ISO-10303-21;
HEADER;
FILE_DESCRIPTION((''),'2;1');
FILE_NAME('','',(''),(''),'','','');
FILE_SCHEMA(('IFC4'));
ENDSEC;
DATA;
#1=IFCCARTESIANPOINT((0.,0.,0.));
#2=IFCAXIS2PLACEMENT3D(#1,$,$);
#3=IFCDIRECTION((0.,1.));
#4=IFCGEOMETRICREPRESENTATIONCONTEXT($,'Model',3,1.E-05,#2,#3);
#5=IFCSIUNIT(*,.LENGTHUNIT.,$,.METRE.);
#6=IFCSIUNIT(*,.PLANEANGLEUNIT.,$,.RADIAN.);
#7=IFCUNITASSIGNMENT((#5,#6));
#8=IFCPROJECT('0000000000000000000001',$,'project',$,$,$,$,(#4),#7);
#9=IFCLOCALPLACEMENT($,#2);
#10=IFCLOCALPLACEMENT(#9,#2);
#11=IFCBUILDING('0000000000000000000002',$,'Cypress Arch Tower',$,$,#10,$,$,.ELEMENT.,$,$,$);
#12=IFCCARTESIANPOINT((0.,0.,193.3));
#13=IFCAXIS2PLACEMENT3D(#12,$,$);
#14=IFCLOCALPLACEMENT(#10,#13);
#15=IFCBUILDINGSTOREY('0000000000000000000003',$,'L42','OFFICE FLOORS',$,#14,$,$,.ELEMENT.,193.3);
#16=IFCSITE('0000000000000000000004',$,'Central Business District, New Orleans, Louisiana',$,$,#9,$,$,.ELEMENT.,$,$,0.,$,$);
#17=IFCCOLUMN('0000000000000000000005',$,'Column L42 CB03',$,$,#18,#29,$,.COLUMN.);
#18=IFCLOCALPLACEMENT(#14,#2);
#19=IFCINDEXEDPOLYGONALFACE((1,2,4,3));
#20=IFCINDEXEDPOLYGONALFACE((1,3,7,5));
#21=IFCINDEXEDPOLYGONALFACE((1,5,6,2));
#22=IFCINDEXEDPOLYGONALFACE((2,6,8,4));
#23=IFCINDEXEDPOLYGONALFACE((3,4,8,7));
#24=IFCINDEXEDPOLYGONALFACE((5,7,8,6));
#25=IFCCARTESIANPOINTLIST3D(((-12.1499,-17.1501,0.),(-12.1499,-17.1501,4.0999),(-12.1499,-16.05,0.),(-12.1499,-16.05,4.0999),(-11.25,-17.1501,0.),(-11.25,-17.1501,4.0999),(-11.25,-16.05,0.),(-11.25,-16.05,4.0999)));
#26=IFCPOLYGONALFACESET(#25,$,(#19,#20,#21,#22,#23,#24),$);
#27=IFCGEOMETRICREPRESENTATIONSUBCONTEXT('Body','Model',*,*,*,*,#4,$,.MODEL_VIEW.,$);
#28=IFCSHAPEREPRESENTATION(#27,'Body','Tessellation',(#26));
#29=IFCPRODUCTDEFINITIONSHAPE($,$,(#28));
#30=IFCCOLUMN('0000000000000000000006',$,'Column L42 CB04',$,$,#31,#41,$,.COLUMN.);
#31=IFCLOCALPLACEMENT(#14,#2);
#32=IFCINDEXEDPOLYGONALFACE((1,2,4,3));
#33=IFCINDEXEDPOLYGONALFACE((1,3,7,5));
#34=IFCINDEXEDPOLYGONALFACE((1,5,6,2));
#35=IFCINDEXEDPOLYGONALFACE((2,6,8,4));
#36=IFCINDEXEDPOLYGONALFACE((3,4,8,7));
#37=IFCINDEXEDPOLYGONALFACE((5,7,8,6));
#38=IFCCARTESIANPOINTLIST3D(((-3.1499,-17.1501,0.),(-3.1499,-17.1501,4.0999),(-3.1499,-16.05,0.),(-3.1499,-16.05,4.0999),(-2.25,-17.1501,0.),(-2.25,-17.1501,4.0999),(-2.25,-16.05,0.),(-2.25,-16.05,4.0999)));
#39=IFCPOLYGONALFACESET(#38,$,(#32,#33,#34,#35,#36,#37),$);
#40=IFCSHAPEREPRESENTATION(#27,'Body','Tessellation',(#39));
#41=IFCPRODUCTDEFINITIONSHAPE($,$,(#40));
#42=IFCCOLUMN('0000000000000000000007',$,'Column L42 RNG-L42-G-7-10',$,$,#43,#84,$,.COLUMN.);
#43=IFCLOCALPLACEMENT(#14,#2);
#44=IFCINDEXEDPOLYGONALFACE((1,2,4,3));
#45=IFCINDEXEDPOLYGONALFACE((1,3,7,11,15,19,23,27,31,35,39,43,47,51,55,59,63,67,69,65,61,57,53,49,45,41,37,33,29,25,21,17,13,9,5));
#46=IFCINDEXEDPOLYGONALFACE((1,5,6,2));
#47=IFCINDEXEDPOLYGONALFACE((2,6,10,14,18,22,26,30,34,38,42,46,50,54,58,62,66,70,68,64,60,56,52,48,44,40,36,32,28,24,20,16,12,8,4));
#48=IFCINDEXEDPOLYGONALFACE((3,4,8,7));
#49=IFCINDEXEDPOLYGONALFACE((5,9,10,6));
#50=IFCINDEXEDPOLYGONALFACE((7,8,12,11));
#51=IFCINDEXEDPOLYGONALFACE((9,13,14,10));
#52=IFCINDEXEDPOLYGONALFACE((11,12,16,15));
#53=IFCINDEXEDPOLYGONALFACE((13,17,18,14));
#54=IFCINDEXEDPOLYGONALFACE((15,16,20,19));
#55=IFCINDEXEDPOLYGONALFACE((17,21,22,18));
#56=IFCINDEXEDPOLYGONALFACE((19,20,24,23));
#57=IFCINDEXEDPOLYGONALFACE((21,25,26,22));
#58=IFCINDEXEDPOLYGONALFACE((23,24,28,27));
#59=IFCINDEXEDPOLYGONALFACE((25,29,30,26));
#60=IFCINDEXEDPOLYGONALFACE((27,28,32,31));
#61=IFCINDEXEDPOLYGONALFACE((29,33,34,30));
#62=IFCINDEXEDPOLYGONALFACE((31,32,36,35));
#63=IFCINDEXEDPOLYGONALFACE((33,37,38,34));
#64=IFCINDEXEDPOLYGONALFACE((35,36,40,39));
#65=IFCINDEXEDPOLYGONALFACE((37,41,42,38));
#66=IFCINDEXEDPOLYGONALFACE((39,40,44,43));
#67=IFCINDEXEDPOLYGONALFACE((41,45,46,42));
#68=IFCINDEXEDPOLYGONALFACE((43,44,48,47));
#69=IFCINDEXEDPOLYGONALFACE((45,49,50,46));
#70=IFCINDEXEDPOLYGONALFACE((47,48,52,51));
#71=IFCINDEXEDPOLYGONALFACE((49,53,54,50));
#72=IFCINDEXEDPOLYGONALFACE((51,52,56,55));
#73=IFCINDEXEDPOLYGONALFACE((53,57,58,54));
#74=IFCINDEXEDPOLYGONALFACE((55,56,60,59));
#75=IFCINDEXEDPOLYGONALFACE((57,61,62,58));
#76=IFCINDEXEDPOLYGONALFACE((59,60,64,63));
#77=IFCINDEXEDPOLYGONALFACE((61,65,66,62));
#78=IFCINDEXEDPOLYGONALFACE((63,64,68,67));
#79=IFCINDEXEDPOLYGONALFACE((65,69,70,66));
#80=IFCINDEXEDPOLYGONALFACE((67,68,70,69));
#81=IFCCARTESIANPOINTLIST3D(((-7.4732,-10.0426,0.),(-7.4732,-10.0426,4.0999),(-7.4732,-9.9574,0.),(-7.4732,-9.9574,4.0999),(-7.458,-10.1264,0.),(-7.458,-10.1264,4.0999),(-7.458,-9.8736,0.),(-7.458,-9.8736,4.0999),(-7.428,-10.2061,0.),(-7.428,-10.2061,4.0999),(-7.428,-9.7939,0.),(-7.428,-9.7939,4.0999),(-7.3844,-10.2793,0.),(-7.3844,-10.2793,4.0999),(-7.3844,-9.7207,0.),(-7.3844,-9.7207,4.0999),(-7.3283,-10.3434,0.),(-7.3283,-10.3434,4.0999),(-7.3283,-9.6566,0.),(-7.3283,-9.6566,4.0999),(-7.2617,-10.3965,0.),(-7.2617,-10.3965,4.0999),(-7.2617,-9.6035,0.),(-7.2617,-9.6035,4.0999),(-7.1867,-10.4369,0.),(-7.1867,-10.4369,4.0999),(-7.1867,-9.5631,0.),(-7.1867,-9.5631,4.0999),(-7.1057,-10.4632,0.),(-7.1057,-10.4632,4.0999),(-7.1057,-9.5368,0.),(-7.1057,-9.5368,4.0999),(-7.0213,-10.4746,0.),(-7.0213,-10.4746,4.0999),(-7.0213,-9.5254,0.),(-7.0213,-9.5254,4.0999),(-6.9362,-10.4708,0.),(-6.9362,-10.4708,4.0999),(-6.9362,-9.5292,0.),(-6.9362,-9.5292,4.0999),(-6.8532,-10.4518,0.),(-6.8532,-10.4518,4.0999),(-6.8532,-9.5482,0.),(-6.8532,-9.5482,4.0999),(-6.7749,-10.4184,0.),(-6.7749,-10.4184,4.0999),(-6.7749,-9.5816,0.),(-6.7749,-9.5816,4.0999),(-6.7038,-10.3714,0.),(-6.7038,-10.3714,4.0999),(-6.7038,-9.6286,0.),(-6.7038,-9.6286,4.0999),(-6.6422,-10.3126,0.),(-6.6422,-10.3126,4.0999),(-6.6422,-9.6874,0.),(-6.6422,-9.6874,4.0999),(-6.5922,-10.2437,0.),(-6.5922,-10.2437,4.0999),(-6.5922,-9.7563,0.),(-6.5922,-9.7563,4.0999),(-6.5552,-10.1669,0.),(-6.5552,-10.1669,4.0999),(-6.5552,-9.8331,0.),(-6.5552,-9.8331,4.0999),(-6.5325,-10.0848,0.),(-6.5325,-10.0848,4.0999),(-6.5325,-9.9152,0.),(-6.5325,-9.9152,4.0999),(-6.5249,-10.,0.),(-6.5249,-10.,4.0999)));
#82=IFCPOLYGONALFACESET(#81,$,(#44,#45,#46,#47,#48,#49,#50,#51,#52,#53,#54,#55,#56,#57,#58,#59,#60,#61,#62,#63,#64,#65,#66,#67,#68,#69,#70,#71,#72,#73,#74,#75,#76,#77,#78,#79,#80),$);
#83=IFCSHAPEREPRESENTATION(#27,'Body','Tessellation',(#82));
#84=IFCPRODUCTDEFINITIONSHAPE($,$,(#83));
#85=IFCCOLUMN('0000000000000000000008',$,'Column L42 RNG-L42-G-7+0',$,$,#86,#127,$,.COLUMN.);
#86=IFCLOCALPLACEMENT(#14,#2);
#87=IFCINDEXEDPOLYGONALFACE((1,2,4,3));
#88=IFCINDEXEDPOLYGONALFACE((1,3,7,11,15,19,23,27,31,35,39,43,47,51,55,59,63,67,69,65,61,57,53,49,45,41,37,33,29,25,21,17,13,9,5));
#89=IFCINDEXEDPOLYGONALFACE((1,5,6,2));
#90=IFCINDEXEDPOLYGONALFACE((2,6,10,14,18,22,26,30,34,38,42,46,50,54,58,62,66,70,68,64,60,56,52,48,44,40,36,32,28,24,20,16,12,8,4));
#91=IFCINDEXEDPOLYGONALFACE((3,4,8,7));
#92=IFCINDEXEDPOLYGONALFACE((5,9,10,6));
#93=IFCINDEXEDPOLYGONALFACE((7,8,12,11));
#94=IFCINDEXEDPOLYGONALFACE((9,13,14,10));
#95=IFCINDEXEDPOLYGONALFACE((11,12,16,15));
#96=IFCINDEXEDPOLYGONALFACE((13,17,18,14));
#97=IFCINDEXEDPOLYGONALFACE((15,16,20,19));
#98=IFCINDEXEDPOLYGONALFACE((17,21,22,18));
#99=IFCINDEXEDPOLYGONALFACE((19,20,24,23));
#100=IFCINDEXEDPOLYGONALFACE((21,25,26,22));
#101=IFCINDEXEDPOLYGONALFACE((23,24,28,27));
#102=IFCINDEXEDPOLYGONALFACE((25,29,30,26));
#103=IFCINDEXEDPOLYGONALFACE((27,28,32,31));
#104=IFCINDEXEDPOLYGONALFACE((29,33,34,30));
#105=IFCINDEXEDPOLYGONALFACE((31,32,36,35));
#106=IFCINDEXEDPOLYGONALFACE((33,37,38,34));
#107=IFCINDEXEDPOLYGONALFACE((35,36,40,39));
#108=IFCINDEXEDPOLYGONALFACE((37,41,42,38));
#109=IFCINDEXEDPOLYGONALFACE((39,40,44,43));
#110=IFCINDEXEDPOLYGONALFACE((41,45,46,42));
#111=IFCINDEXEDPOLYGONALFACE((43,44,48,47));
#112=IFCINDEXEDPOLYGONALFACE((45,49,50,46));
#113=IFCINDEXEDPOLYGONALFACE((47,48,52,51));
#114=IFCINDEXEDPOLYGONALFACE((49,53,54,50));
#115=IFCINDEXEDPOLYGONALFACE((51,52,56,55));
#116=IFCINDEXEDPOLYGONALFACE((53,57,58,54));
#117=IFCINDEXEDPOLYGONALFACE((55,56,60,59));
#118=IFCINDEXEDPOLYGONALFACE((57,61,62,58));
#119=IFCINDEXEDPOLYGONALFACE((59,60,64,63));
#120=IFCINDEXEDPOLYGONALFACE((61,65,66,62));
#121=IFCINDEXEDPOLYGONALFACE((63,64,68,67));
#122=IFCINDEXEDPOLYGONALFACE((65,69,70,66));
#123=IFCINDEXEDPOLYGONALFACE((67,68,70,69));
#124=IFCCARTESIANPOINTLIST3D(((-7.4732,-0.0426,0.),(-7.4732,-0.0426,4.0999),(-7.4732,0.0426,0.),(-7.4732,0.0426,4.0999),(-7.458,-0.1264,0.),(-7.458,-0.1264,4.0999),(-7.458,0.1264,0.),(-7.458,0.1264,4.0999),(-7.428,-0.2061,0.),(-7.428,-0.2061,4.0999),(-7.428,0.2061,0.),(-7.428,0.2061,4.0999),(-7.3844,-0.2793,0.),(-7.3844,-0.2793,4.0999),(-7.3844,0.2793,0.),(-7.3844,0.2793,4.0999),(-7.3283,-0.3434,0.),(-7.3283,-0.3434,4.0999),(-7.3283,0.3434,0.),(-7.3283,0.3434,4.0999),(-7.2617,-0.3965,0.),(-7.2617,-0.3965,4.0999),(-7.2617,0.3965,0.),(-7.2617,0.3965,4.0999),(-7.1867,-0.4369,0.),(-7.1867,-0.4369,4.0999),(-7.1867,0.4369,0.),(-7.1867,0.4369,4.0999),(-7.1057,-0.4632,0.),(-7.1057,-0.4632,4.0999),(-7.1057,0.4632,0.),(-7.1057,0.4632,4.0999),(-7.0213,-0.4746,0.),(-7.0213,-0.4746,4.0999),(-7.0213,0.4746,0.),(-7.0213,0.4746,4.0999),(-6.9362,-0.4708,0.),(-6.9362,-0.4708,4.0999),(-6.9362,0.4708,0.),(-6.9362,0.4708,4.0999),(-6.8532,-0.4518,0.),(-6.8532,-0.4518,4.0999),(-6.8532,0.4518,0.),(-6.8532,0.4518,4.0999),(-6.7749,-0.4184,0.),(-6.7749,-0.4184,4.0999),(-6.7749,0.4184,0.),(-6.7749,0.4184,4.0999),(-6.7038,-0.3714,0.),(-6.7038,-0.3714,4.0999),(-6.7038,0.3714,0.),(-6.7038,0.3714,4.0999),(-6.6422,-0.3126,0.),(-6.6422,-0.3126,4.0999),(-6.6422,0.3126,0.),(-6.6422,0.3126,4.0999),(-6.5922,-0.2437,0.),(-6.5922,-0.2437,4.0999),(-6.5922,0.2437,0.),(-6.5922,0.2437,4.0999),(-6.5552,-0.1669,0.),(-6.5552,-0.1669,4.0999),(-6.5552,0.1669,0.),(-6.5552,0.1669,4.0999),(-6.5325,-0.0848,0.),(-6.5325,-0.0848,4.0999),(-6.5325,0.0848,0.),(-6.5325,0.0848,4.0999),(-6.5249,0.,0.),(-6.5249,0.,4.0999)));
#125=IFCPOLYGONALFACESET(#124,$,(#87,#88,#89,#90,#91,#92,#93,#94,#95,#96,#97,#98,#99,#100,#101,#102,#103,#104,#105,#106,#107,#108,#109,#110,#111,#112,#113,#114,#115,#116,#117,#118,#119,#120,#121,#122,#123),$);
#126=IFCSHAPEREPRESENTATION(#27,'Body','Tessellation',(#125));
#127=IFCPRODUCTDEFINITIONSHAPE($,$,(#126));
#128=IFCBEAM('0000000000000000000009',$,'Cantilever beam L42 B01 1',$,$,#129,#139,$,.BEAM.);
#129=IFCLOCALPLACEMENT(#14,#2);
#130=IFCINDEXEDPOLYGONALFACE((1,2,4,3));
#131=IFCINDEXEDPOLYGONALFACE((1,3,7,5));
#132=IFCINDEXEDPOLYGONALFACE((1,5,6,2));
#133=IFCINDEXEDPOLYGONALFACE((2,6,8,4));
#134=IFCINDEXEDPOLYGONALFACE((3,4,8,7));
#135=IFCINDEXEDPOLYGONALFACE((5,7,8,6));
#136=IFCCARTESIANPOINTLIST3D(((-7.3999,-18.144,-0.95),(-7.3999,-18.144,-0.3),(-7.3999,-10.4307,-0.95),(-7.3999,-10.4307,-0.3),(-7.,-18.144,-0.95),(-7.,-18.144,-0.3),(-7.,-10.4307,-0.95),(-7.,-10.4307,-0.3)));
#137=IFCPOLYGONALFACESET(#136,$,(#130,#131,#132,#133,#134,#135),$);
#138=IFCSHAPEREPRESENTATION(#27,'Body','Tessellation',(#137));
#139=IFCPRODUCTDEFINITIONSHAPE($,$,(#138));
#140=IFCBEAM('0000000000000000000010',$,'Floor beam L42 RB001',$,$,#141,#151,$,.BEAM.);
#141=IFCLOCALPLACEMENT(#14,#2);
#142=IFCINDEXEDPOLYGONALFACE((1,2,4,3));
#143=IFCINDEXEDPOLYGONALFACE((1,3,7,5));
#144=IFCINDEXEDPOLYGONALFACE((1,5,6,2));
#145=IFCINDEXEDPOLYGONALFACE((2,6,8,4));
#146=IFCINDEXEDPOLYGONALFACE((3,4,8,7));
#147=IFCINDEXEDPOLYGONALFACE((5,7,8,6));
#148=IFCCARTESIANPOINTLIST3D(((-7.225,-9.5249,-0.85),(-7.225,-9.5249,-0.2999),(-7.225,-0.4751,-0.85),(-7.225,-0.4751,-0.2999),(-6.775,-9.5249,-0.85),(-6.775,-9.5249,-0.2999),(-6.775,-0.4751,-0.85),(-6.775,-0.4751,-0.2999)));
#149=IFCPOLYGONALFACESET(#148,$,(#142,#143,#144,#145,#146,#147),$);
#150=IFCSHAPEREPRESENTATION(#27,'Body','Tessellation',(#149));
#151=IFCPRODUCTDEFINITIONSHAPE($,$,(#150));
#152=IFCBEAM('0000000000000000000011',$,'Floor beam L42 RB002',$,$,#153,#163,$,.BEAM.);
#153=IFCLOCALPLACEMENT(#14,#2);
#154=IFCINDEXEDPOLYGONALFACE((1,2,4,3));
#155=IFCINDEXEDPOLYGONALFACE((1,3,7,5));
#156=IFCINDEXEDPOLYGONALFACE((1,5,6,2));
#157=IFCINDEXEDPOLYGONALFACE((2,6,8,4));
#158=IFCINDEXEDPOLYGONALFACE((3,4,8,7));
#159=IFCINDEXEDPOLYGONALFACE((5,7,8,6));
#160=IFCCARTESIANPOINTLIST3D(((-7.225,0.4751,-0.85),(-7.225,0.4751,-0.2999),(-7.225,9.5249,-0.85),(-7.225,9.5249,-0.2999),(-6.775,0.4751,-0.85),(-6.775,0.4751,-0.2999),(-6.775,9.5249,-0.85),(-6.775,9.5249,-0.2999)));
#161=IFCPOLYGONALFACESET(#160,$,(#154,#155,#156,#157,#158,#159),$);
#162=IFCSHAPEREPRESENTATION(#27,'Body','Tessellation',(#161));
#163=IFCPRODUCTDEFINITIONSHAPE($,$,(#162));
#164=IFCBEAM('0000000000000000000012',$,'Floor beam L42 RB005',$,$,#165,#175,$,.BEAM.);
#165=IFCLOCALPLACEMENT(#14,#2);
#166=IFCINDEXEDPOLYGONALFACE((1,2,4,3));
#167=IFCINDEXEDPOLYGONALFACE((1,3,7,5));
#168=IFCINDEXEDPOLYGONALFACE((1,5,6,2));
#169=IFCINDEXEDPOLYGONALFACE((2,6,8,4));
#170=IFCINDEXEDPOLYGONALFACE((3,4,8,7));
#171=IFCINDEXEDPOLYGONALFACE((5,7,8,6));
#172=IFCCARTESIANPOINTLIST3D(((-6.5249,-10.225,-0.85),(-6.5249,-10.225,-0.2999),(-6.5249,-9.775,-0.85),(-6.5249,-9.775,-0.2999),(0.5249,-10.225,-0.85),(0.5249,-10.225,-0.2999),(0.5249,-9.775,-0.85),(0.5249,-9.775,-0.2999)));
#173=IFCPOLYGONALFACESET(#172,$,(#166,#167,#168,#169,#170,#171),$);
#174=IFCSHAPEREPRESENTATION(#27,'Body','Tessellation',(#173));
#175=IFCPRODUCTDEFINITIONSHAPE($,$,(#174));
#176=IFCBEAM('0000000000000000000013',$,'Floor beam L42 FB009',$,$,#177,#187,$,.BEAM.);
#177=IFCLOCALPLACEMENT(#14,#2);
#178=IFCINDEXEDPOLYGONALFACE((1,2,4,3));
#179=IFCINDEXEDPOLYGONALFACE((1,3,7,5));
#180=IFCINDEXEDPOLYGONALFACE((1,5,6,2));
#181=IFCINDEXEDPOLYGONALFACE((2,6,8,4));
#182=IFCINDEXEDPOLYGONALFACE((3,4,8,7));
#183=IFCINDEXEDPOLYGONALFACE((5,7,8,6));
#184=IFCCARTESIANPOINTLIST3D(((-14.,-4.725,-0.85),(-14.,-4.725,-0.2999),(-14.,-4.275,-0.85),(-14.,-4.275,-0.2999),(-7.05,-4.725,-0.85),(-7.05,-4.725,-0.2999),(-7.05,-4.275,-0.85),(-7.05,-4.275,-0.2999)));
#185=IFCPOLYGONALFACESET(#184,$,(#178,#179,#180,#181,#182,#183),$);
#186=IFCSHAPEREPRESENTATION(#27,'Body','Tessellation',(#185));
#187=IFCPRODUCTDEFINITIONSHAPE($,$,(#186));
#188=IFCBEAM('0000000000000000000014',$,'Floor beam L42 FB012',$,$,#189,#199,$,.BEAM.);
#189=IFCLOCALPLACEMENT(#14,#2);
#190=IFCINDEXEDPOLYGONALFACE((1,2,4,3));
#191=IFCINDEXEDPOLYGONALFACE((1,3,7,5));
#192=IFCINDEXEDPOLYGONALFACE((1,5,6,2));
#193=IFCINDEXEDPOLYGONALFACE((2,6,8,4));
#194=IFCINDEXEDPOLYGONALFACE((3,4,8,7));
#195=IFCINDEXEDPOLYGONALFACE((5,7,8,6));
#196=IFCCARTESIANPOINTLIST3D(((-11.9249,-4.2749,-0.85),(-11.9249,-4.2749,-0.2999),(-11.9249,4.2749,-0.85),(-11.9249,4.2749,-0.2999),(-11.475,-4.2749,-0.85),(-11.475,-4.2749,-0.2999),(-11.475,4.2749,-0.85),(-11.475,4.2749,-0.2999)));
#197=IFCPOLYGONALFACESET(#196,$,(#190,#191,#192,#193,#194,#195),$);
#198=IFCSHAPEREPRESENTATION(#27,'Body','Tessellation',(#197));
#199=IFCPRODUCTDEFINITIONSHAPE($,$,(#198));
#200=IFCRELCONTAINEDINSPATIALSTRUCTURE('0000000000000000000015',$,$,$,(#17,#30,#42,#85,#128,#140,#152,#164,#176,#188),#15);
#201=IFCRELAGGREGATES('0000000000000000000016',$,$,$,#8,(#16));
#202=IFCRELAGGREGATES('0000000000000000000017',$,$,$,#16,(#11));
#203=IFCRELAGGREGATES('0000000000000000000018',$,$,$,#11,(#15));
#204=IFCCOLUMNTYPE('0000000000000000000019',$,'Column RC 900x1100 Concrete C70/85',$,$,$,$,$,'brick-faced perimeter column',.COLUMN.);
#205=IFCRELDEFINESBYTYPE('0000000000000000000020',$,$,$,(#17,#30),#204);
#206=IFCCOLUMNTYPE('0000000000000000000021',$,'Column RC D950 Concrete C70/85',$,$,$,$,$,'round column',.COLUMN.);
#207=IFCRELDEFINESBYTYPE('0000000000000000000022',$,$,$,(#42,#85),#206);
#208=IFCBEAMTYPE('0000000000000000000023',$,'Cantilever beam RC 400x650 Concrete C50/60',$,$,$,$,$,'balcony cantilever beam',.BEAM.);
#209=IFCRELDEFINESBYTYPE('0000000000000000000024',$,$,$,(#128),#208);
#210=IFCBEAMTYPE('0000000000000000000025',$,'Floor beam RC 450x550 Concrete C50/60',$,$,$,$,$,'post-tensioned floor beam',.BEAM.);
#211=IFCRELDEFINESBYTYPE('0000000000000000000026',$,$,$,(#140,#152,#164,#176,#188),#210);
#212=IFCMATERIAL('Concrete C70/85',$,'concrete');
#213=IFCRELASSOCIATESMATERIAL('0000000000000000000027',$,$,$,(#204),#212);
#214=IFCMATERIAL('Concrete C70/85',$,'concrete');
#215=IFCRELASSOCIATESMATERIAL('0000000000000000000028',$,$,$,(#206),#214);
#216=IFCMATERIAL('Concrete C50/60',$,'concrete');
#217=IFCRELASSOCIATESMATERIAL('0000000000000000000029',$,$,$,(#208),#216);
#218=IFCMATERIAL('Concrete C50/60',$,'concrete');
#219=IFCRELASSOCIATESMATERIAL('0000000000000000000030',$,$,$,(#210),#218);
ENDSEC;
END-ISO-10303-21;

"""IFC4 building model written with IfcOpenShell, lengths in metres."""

from ifc_helpers import new_model, si_unit, direction, frame, origin, origin_2d, place, context, subcontext, project, spatial, rectangle, circle, extrude, material, material_profile, profile_set, type_object, element, save


model = new_model("IFC4")

# Units and contexts
model_context = context("Model", 3, precision=1e-05, world=origin(), true_north=direction((0.0, 1.0)))
body_context = subcontext(model_context, "Body", "Model", "MODEL_VIEW")
ifc_project = project(units=[si_unit("LENGTHUNIT", "METRE"), si_unit("PLANEANGLEUNIT", "RADIAN")], contexts=[model_context])

# Site, building, storey
site_placement = place(None, origin())
site = spatial("IfcSite", under=ifc_project, at=site_placement, Name="Central Business District, New Orleans, Louisiana", CompositionType="ELEMENT", RefElevation=0.0)
building_placement = place(site_placement, origin())
building = spatial("IfcBuilding", under=site, at=building_placement, Name="Cypress Arch Tower", CompositionType="ELEMENT")
storey_placement = place(building_placement, frame((0.0, 0.0, 193.3)))
storey = spatial("IfcBuildingStorey", under=building, at=storey_placement, Name="L42", Description="OFFICE FLOORS", CompositionType="ELEMENT", Elevation=193.3)

# Columns
ifc_material_1 = material(Name="Concrete C70/85", Category="concrete")
ifc_material_profile_1 = material_profile(ifc_material_1, rectangle(XDim=0.8999, YDim=1.1001, at=origin_2d()), Name="RC 900x1100")
ifc_profile_set_1 = profile_set([ifc_material_profile_1], Name="Concrete C70/85")
column_type_1 = type_object("IfcColumnType", Name="Column RC 900x1100 Concrete C70/85", ElementType="brick-faced perimeter column", PredefinedType="COLUMN", material=ifc_profile_set_1)
for number, where, z_axis, x_axis, name in (
    (1, (-11.7, -16.6001, 0.0), (0.0, 0.0, 1.0), (1.0, 0.0, 0.0), "Column L42 CB03"),
    (2, (-2.7, -16.6001, 0.0), (0.0, 0.0, 1.0), (1.0, 0.0, 0.0), "Column L42 CB04"),
):
    element("IfcColumn", number, at=place(storey_placement, frame(where, z_axis=z_axis, x_axis=x_axis)), inside=storey, type_object=column_type_1, Name=name, PredefinedType="COLUMN", context=body_context, shape_type="SweptSolid", body=[
        extrude(rectangle(XDim=0.8999, YDim=1.1001, at=origin_2d()), origin(), (0.0, 0.0, 1.0), 4.0999),
    ])
ifc_material_2 = material(Name="Concrete C70/85", Category="concrete")
ifc_material_profile_2 = material_profile(ifc_material_2, circle(Radius=0.4751, at=origin_2d()), Name="RC D950")
ifc_profile_set_2 = profile_set([ifc_material_profile_2], Name="Concrete C70/85")
column_type_2 = type_object("IfcColumnType", Name="Column RC D950 Concrete C70/85", ElementType="round column", PredefinedType="COLUMN", material=ifc_profile_set_2)
for number, where, z_axis, x_axis, name in (
    (3, (-7.0, -10.0, 0.0), (0.0, 0.0, 1.0), (1.0, 0.0, 0.0), "Column L42 RNG-L42-G-7-10"),
    (4, (-7.0, 0.0, 0.0), (0.0, 0.0, 1.0), (1.0, 0.0, 0.0), "Column L42 RNG-L42-G-7+0"),
):
    element("IfcColumn", number, at=place(storey_placement, frame(where, z_axis=z_axis, x_axis=x_axis)), inside=storey, type_object=column_type_2, Name=name, PredefinedType="COLUMN", context=body_context, shape_type="SweptSolid", body=[
        extrude(circle(Radius=0.4751, at=origin_2d()), origin(), (0.0, 0.0, 1.0), 4.0999),
    ])

# Beams
ifc_material_3 = material(Name="Concrete C50/60", Category="concrete")
ifc_material_profile_3 = material_profile(ifc_material_3, rectangle(XDim=0.3999, YDim=0.6499, at=origin_2d()), Name="RC 400x650")
ifc_profile_set_3 = profile_set([ifc_material_profile_3], Name="Concrete C50/60")
beam_type_1 = type_object("IfcBeamType", Name="Cantilever beam RC 400x650 Concrete C50/60", ElementType="balcony cantilever beam", PredefinedType="BEAM", material=ifc_profile_set_3)
beam_1_placement = place(storey_placement, frame((-7.2, -10.4307, -0.625), z_axis=(0.0, -1.0, 0.0), x_axis=(1.0, 0.0, 0.0)))
element("IfcBeam", 5, at=beam_1_placement, inside=storey, type_object=beam_type_1, Name="Cantilever beam L42 B01 1", PredefinedType="BEAM", context=body_context, shape_type="SweptSolid", body=[
    extrude(rectangle(XDim=0.3999, YDim=0.6499, at=origin_2d()), origin(), (0.0, 0.0, 1.0), 7.7134),
])
ifc_material_4 = material(Name="Concrete C50/60", Category="concrete")
ifc_material_profile_4 = material_profile(ifc_material_4, rectangle(XDim=0.45, YDim=0.55, at=origin_2d()), Name="RC 450x550")
ifc_profile_set_4 = profile_set([ifc_material_profile_4], Name="Concrete C50/60")
beam_type_2 = type_object("IfcBeamType", Name="Floor beam RC 450x550 Concrete C50/60", ElementType="post-tensioned floor beam", PredefinedType="BEAM", material=ifc_profile_set_4)
for number, where, z_axis, x_axis, name in (
    (6, (-7.0, -9.5249, -0.575), (0.0, 1.0, 0.0), (-1.0, 0.0, 0.0), "Floor beam L42 RB001"),
    (7, (-7.0, 0.4751, -0.575), (0.0, 1.0, 0.0), (-1.0, 0.0, 0.0), "Floor beam L42 RB002"),
):
    element("IfcBeam", number, at=place(storey_placement, frame(where, z_axis=z_axis, x_axis=x_axis)), inside=storey, type_object=beam_type_2, Name=name, PredefinedType="BEAM", context=body_context, shape_type="SweptSolid", body=[
        extrude(rectangle(XDim=0.45, YDim=0.55, at=origin_2d()), origin(), (0.0, 0.0, 1.0), 9.0498),
    ])
beam_2_placement = place(storey_placement, frame((-6.5249, -10.0, -0.575), z_axis=(1.0, 0.0, 0.0), x_axis=(0.0, 1.0, 0.0)))
element("IfcBeam", 8, at=beam_2_placement, inside=storey, type_object=beam_type_2, Name="Floor beam L42 RB005", PredefinedType="BEAM", context=body_context, shape_type="SweptSolid", body=[
    extrude(rectangle(XDim=0.45, YDim=0.55, at=origin_2d()), origin(), (0.0, 0.0, 1.0), 7.0498),
])
beam_3_placement = place(storey_placement, frame((-14.0, -4.5, -0.575), z_axis=(1.0, 0.0, 0.0), x_axis=(0.0, 1.0, 0.0)))
element("IfcBeam", 9, at=beam_3_placement, inside=storey, type_object=beam_type_2, Name="Floor beam L42 FB009", PredefinedType="BEAM", context=body_context, shape_type="SweptSolid", body=[
    extrude(rectangle(XDim=0.45, YDim=0.55, at=origin_2d()), origin(), (0.0, 0.0, 1.0), 6.95),
])
beam_4_placement = place(storey_placement, frame((-11.7, -4.2749, -0.575), z_axis=(0.0, 1.0, 0.0), x_axis=(-1.0, 0.0, 0.0)))
element("IfcBeam", 10, at=beam_4_placement, inside=storey, type_object=beam_type_2, Name="Floor beam L42 FB012", PredefinedType="BEAM", context=body_context, shape_type="SweptSolid", body=[
    extrude(rectangle(XDim=0.45, YDim=0.55, at=origin_2d()), origin(), (0.0, 0.0, 1.0), 8.5498),
])

save(model, "model.ifc")
